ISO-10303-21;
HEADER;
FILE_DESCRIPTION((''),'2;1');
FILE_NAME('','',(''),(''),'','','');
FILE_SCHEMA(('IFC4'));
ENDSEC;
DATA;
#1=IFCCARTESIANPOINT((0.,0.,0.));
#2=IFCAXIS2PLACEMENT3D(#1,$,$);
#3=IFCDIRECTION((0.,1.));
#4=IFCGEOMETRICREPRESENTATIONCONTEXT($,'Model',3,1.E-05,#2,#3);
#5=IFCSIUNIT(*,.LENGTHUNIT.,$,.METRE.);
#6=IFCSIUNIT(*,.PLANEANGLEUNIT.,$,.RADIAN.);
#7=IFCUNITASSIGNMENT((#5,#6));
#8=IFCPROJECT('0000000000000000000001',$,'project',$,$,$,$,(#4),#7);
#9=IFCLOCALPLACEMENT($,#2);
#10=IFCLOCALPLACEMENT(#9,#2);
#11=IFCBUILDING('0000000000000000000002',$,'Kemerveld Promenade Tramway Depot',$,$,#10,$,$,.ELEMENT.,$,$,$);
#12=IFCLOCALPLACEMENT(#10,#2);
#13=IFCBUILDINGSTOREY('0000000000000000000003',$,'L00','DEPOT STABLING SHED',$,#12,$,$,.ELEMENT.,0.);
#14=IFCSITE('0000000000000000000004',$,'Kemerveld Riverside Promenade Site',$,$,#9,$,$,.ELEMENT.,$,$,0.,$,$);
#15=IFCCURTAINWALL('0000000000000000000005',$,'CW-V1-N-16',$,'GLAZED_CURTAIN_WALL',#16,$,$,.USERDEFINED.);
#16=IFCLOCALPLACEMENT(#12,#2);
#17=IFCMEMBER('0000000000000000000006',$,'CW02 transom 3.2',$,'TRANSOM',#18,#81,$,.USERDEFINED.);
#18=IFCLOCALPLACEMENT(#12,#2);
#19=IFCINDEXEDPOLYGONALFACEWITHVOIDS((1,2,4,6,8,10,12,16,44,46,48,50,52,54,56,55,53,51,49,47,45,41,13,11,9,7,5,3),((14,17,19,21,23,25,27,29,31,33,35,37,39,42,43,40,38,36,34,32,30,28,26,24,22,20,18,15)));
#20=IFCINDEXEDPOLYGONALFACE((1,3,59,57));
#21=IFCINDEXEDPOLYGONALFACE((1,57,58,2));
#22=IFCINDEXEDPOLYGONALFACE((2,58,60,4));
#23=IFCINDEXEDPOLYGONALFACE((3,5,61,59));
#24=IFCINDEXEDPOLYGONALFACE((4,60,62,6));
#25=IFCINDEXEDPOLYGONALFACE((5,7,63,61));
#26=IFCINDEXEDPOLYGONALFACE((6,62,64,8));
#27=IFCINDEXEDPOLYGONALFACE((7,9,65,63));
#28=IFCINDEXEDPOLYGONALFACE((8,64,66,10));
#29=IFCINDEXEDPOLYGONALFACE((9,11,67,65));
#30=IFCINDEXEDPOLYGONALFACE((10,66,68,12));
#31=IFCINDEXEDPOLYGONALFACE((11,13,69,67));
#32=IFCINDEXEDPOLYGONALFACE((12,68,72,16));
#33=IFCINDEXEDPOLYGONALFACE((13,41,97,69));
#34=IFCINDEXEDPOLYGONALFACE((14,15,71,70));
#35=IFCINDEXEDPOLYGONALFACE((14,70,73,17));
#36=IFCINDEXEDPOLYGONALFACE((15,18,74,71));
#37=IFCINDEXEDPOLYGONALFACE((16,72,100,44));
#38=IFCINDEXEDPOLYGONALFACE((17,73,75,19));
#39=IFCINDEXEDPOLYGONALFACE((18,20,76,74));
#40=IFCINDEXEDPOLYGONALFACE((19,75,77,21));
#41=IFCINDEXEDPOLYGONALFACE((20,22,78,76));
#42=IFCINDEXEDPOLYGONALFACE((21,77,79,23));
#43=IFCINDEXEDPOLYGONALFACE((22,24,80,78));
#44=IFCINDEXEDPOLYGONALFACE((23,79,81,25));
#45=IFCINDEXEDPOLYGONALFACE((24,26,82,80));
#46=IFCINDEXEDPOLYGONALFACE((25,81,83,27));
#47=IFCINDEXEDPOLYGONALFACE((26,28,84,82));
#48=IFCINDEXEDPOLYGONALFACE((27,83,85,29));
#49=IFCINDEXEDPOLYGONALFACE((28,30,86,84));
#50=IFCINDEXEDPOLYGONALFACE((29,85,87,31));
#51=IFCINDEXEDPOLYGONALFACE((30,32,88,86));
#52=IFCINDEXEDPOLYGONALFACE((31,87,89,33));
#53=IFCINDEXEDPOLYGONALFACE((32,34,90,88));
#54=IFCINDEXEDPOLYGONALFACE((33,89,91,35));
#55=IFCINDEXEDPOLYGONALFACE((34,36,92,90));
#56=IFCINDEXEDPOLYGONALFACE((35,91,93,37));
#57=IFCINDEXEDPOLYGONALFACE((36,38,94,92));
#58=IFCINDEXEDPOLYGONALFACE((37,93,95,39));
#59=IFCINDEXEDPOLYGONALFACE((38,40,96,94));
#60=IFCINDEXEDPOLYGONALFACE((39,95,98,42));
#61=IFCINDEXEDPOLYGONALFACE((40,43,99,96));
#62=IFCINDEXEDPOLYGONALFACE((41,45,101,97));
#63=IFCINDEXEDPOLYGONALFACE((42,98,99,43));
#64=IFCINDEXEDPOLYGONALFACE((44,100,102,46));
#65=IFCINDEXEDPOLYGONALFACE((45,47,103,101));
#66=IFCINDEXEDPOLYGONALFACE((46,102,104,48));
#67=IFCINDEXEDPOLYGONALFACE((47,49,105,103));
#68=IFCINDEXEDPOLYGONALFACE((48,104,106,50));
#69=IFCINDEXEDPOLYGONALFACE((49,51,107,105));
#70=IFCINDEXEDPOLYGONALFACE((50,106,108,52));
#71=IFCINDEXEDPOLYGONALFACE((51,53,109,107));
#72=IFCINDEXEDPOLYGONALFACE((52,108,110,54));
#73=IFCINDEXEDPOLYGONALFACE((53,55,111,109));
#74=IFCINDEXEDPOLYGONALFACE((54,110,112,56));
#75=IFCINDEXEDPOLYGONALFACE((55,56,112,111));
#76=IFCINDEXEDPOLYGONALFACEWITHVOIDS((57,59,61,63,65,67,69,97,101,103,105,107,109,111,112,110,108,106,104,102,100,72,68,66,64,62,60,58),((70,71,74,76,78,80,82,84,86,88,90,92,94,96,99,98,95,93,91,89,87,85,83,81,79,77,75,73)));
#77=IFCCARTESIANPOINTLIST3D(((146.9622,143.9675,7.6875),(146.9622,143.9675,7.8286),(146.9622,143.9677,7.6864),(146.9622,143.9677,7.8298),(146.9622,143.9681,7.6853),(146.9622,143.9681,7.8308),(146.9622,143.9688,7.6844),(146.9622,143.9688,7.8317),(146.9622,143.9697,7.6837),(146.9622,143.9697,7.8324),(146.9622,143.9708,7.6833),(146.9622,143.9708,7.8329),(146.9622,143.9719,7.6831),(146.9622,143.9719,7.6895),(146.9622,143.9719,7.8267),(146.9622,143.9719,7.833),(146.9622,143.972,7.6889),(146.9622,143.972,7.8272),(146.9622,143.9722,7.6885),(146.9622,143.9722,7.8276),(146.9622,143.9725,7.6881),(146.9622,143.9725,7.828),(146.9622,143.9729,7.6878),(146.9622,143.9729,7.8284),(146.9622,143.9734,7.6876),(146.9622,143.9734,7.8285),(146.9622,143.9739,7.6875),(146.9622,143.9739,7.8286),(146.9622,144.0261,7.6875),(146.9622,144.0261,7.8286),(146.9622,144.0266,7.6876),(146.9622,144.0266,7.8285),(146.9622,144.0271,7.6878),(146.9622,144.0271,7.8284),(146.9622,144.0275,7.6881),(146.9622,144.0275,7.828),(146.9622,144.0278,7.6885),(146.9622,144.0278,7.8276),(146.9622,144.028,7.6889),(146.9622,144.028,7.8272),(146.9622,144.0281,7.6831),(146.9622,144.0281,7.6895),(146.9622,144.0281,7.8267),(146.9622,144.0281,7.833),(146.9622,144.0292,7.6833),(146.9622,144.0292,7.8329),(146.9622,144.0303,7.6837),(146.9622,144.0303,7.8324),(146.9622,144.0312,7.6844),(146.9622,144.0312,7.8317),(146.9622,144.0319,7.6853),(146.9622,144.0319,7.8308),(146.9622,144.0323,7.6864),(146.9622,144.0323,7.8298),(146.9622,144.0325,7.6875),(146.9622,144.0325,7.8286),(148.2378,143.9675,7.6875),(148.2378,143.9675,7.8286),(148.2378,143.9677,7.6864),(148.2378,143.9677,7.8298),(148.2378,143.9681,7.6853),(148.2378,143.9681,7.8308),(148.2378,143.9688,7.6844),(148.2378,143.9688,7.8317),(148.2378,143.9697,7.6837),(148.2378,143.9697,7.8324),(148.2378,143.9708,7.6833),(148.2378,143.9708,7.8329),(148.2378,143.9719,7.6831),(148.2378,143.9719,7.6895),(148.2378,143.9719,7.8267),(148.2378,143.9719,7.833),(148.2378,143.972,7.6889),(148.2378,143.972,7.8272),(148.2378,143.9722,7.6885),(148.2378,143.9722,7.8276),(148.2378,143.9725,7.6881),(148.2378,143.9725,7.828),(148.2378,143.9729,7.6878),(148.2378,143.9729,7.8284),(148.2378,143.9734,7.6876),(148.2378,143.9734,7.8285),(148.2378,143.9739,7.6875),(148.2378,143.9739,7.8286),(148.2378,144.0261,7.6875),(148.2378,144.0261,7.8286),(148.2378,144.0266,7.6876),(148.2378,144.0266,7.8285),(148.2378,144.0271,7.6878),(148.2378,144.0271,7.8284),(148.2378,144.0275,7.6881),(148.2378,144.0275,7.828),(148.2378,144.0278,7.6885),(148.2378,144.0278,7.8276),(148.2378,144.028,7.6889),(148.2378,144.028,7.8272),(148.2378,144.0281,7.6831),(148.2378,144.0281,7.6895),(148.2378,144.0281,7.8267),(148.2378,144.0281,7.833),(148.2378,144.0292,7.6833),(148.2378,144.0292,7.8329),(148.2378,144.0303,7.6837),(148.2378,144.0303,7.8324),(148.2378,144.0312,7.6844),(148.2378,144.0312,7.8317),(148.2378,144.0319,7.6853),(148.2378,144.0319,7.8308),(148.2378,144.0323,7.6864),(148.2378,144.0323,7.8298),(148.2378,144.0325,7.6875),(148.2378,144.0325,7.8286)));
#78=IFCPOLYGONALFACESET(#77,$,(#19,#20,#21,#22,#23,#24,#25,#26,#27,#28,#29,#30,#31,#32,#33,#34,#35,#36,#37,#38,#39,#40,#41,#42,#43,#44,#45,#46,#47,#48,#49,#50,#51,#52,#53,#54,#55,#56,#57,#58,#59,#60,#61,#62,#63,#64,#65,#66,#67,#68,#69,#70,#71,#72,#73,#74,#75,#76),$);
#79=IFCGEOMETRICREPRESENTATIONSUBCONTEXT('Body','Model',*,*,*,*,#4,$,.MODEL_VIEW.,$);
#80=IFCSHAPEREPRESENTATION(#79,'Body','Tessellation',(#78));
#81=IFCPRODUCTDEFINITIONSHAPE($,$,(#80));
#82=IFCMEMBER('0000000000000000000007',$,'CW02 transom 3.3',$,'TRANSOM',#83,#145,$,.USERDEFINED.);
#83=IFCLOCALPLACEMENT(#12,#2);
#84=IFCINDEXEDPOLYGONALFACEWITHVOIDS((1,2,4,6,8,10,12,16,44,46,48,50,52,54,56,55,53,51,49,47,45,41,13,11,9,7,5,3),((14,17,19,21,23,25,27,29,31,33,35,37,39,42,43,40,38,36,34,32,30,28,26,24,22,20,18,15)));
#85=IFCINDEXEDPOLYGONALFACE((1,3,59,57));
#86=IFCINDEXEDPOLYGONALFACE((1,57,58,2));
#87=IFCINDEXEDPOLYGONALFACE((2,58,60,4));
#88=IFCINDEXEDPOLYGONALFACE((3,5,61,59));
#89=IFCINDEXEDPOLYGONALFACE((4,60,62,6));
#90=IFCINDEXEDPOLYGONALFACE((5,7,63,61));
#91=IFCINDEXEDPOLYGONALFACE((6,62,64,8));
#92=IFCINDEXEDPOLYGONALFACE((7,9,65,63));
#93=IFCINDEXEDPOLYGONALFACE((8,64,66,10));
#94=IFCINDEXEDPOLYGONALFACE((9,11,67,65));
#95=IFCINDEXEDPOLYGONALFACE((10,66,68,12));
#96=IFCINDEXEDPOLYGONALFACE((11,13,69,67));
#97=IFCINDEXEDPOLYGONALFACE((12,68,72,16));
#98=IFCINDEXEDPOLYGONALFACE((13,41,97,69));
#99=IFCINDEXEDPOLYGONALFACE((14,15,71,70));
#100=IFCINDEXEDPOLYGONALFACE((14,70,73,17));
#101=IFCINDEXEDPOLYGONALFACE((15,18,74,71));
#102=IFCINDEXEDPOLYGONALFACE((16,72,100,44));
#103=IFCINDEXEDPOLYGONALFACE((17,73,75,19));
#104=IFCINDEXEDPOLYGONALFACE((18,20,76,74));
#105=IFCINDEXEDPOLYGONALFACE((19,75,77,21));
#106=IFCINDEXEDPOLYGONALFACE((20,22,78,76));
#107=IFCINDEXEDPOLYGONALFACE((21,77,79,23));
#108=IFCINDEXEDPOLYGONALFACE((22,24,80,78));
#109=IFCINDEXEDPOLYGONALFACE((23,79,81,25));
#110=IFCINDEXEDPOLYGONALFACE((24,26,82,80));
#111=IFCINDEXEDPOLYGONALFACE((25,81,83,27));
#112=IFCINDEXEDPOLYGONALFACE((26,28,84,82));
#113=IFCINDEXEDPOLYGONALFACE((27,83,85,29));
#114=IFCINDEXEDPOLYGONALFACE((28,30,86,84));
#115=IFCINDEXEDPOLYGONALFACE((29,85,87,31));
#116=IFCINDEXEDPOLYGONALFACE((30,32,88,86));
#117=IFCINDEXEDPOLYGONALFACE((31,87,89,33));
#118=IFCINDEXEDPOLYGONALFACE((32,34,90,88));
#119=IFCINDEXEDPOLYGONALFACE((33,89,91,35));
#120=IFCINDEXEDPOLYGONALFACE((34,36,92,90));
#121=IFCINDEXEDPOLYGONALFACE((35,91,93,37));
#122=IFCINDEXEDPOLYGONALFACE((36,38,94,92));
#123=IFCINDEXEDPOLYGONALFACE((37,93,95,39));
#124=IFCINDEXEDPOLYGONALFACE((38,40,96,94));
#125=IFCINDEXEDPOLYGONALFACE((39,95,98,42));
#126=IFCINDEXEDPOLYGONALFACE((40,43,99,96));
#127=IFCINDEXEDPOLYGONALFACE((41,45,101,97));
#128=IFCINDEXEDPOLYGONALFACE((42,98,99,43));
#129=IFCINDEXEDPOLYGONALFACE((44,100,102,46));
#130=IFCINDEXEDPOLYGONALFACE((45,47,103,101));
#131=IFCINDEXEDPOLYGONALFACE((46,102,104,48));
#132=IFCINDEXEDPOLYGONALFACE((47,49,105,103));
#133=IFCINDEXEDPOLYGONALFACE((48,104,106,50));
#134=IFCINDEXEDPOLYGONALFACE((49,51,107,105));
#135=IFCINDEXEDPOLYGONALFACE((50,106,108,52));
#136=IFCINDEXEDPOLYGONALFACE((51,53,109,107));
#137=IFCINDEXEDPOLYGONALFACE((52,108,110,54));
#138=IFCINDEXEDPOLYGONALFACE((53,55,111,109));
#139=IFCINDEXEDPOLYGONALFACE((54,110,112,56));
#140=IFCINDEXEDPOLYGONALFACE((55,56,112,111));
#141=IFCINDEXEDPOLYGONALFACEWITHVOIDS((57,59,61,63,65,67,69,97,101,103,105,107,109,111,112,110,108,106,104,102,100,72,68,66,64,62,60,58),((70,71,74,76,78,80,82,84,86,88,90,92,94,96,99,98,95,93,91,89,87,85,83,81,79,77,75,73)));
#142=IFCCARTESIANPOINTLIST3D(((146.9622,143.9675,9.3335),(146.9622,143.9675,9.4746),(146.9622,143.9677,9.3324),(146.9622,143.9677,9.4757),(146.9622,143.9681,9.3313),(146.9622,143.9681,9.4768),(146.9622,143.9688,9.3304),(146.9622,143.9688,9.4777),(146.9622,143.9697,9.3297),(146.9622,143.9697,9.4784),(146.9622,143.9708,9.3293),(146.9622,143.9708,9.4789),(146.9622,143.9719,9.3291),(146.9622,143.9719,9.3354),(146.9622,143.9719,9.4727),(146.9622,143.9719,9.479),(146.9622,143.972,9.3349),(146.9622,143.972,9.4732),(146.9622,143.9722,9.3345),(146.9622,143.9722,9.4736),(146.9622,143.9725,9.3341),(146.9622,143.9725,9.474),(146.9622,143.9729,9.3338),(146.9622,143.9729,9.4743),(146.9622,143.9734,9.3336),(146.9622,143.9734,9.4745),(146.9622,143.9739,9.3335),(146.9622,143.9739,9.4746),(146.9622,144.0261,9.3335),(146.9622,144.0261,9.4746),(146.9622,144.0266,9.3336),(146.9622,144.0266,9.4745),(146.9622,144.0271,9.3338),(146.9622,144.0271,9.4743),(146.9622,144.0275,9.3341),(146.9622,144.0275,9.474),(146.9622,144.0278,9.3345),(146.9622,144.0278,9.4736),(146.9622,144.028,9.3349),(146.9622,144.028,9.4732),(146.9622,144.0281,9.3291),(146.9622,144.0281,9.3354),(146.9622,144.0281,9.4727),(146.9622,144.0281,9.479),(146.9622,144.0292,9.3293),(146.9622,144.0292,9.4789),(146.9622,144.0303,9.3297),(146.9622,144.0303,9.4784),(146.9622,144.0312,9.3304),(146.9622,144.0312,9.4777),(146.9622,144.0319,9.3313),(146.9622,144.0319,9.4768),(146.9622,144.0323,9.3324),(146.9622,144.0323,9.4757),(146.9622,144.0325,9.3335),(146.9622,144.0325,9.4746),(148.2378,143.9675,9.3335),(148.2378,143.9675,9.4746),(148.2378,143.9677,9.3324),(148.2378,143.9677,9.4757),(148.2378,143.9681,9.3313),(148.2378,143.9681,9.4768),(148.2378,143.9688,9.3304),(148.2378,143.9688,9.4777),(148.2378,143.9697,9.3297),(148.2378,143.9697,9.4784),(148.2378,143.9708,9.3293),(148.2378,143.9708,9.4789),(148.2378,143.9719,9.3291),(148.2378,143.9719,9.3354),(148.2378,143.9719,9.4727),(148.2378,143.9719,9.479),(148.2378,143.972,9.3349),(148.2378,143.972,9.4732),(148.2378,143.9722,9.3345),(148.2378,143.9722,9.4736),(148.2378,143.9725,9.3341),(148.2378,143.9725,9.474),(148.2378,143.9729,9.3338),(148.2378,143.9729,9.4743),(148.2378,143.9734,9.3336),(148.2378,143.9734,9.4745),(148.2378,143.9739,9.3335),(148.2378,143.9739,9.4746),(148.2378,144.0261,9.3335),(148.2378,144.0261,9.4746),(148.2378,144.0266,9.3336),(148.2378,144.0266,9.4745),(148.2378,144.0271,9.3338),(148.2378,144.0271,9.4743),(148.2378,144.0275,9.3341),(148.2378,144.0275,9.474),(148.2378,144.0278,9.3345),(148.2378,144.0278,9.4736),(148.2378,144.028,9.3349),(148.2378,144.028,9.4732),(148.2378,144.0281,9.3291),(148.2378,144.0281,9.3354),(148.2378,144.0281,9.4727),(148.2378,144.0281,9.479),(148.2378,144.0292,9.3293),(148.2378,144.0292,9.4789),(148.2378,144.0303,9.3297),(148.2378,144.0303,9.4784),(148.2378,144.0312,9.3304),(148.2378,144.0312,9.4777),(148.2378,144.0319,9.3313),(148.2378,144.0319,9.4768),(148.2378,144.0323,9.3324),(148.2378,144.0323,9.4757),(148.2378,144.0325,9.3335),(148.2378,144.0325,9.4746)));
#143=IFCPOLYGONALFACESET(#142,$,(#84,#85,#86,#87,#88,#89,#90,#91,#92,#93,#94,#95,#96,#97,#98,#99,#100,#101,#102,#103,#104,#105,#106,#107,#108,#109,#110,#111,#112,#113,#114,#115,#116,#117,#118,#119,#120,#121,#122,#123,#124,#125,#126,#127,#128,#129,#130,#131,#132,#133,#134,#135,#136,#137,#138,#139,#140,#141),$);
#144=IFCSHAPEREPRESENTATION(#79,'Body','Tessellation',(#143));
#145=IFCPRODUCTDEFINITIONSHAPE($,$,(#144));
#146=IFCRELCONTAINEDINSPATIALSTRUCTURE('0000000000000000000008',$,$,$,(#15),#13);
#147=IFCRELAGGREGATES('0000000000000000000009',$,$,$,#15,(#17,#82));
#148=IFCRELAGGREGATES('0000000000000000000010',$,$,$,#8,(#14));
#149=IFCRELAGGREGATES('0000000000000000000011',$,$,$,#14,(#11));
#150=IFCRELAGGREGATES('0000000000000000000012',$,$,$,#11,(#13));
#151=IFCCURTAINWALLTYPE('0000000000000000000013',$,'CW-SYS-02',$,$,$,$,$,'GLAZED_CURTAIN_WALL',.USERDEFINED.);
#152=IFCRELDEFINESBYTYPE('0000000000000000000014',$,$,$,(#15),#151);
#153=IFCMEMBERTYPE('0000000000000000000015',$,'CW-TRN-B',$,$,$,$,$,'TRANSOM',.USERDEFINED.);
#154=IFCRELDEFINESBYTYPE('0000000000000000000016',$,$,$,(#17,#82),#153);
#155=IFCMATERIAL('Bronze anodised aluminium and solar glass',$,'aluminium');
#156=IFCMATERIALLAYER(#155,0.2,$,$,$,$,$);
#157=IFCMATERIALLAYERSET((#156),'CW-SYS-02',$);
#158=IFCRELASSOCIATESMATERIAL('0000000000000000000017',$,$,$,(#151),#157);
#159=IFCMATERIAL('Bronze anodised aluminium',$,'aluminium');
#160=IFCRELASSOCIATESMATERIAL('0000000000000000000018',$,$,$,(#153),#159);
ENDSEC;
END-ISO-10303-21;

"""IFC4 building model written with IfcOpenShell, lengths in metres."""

from ifc_helpers import new_model, si_unit, direction, frame, origin, origin_2d, place, context, subcontext, project, spatial, hollow_rectangle, extrude, material, layer, layer_set, material_profile, profile_set, type_object, element, aggregate, save


model = new_model("IFC4")

# Units and contexts
model_context = context("Model", 3, precision=1e-05, world=origin(), true_north=direction((0.0, 1.0)))
body_context = subcontext(model_context, "Body", "Model", "MODEL_VIEW")
ifc_project = project(units=[si_unit("LENGTHUNIT", "METRE"), si_unit("PLANEANGLEUNIT", "RADIAN")], contexts=[model_context])

# Site, building, storey
site_placement = place(None, origin())
site = spatial("IfcSite", under=ifc_project, at=site_placement, Name="Kemerveld Riverside Promenade Site", CompositionType="ELEMENT", RefElevation=0.0)
building_placement = place(site_placement, origin())
building = spatial("IfcBuilding", under=site, at=building_placement, Name="Kemerveld Promenade Tramway Depot", CompositionType="ELEMENT")
storey_placement = place(building_placement, origin())
storey = spatial("IfcBuildingStorey", under=building, at=storey_placement, Name="L00", Description="DEPOT STABLING SHED", CompositionType="ELEMENT", Elevation=0.0)

# Curtain wall, members
ifc_material_1 = material(Name="Bronze anodised aluminium and solar glass", Category="aluminium")
ifc_layer_1 = layer(ifc_material_1, 0.2)
ifc_layer_set_1 = layer_set([ifc_layer_1], Name="CW-SYS-02")
curtain_wall_type = type_object("IfcCurtainWallType", Name="CW-SYS-02", ElementType="GLAZED_CURTAIN_WALL", PredefinedType="USERDEFINED", material=ifc_layer_set_1)
curtain_wall_placement = place(storey_placement, origin())
curtain_wall = element("IfcCurtainWall", 1, at=curtain_wall_placement, inside=storey, type_object=curtain_wall_type, Name="CW-V1-N-16", ObjectType="GLAZED_CURTAIN_WALL", PredefinedType="USERDEFINED")
ifc_material_2 = material(Name="Bronze anodised aluminium", Category="aluminium")
ifc_material_profile_1 = material_profile(ifc_material_2, hollow_rectangle(XDim=0.0649, YDim=0.1499, WallThickness=0.0044, InnerFilletRadius=0.002, OuterFilletRadius=0.0044, at=origin_2d()), Name="CW-TRN-150x65")
ifc_profile_set_1 = profile_set([ifc_material_profile_1], Name="Bronze anodised aluminium")
member_type_1 = type_object("IfcMemberType", Name="CW-TRN-B", ElementType="TRANSOM", PredefinedType="USERDEFINED", material=ifc_profile_set_1)
member_1_placement = place(storey_placement, frame((146.9622, 144.0, 7.7581), z_axis=(1.0, 0.0, 0.0), x_axis=(0.0, 1.0, 0.0)))
member_1 = element("IfcMember", 2, at=member_1_placement, type_object=member_type_1, Name="CW02 transom 3.2", ObjectType="TRANSOM", PredefinedType="USERDEFINED", context=body_context, shape_type="SweptSolid", body=[
    extrude(hollow_rectangle(XDim=0.0649, YDim=0.1499, WallThickness=0.0044, InnerFilletRadius=0.002, OuterFilletRadius=0.0044, at=origin_2d()), origin(), (0.0, 0.0, 1.0), 1.2756),
])
member_2_placement = place(storey_placement, frame((146.9622, 144.0, 9.4041), z_axis=(1.0, 0.0, 0.0), x_axis=(0.0, 1.0, 0.0)))
member_2 = element("IfcMember", 3, at=member_2_placement, type_object=member_type_1, Name="CW02 transom 3.3", ObjectType="TRANSOM", PredefinedType="USERDEFINED", context=body_context, shape_type="SweptSolid", body=[
    extrude(hollow_rectangle(XDim=0.0649, YDim=0.1499, WallThickness=0.0044, InnerFilletRadius=0.002, OuterFilletRadius=0.0044, at=origin_2d()), origin(), (0.0, 0.0, 1.0), 1.2756),
])

aggregate(curtain_wall, [member_1, member_2])

save(model, "model.ifc")
